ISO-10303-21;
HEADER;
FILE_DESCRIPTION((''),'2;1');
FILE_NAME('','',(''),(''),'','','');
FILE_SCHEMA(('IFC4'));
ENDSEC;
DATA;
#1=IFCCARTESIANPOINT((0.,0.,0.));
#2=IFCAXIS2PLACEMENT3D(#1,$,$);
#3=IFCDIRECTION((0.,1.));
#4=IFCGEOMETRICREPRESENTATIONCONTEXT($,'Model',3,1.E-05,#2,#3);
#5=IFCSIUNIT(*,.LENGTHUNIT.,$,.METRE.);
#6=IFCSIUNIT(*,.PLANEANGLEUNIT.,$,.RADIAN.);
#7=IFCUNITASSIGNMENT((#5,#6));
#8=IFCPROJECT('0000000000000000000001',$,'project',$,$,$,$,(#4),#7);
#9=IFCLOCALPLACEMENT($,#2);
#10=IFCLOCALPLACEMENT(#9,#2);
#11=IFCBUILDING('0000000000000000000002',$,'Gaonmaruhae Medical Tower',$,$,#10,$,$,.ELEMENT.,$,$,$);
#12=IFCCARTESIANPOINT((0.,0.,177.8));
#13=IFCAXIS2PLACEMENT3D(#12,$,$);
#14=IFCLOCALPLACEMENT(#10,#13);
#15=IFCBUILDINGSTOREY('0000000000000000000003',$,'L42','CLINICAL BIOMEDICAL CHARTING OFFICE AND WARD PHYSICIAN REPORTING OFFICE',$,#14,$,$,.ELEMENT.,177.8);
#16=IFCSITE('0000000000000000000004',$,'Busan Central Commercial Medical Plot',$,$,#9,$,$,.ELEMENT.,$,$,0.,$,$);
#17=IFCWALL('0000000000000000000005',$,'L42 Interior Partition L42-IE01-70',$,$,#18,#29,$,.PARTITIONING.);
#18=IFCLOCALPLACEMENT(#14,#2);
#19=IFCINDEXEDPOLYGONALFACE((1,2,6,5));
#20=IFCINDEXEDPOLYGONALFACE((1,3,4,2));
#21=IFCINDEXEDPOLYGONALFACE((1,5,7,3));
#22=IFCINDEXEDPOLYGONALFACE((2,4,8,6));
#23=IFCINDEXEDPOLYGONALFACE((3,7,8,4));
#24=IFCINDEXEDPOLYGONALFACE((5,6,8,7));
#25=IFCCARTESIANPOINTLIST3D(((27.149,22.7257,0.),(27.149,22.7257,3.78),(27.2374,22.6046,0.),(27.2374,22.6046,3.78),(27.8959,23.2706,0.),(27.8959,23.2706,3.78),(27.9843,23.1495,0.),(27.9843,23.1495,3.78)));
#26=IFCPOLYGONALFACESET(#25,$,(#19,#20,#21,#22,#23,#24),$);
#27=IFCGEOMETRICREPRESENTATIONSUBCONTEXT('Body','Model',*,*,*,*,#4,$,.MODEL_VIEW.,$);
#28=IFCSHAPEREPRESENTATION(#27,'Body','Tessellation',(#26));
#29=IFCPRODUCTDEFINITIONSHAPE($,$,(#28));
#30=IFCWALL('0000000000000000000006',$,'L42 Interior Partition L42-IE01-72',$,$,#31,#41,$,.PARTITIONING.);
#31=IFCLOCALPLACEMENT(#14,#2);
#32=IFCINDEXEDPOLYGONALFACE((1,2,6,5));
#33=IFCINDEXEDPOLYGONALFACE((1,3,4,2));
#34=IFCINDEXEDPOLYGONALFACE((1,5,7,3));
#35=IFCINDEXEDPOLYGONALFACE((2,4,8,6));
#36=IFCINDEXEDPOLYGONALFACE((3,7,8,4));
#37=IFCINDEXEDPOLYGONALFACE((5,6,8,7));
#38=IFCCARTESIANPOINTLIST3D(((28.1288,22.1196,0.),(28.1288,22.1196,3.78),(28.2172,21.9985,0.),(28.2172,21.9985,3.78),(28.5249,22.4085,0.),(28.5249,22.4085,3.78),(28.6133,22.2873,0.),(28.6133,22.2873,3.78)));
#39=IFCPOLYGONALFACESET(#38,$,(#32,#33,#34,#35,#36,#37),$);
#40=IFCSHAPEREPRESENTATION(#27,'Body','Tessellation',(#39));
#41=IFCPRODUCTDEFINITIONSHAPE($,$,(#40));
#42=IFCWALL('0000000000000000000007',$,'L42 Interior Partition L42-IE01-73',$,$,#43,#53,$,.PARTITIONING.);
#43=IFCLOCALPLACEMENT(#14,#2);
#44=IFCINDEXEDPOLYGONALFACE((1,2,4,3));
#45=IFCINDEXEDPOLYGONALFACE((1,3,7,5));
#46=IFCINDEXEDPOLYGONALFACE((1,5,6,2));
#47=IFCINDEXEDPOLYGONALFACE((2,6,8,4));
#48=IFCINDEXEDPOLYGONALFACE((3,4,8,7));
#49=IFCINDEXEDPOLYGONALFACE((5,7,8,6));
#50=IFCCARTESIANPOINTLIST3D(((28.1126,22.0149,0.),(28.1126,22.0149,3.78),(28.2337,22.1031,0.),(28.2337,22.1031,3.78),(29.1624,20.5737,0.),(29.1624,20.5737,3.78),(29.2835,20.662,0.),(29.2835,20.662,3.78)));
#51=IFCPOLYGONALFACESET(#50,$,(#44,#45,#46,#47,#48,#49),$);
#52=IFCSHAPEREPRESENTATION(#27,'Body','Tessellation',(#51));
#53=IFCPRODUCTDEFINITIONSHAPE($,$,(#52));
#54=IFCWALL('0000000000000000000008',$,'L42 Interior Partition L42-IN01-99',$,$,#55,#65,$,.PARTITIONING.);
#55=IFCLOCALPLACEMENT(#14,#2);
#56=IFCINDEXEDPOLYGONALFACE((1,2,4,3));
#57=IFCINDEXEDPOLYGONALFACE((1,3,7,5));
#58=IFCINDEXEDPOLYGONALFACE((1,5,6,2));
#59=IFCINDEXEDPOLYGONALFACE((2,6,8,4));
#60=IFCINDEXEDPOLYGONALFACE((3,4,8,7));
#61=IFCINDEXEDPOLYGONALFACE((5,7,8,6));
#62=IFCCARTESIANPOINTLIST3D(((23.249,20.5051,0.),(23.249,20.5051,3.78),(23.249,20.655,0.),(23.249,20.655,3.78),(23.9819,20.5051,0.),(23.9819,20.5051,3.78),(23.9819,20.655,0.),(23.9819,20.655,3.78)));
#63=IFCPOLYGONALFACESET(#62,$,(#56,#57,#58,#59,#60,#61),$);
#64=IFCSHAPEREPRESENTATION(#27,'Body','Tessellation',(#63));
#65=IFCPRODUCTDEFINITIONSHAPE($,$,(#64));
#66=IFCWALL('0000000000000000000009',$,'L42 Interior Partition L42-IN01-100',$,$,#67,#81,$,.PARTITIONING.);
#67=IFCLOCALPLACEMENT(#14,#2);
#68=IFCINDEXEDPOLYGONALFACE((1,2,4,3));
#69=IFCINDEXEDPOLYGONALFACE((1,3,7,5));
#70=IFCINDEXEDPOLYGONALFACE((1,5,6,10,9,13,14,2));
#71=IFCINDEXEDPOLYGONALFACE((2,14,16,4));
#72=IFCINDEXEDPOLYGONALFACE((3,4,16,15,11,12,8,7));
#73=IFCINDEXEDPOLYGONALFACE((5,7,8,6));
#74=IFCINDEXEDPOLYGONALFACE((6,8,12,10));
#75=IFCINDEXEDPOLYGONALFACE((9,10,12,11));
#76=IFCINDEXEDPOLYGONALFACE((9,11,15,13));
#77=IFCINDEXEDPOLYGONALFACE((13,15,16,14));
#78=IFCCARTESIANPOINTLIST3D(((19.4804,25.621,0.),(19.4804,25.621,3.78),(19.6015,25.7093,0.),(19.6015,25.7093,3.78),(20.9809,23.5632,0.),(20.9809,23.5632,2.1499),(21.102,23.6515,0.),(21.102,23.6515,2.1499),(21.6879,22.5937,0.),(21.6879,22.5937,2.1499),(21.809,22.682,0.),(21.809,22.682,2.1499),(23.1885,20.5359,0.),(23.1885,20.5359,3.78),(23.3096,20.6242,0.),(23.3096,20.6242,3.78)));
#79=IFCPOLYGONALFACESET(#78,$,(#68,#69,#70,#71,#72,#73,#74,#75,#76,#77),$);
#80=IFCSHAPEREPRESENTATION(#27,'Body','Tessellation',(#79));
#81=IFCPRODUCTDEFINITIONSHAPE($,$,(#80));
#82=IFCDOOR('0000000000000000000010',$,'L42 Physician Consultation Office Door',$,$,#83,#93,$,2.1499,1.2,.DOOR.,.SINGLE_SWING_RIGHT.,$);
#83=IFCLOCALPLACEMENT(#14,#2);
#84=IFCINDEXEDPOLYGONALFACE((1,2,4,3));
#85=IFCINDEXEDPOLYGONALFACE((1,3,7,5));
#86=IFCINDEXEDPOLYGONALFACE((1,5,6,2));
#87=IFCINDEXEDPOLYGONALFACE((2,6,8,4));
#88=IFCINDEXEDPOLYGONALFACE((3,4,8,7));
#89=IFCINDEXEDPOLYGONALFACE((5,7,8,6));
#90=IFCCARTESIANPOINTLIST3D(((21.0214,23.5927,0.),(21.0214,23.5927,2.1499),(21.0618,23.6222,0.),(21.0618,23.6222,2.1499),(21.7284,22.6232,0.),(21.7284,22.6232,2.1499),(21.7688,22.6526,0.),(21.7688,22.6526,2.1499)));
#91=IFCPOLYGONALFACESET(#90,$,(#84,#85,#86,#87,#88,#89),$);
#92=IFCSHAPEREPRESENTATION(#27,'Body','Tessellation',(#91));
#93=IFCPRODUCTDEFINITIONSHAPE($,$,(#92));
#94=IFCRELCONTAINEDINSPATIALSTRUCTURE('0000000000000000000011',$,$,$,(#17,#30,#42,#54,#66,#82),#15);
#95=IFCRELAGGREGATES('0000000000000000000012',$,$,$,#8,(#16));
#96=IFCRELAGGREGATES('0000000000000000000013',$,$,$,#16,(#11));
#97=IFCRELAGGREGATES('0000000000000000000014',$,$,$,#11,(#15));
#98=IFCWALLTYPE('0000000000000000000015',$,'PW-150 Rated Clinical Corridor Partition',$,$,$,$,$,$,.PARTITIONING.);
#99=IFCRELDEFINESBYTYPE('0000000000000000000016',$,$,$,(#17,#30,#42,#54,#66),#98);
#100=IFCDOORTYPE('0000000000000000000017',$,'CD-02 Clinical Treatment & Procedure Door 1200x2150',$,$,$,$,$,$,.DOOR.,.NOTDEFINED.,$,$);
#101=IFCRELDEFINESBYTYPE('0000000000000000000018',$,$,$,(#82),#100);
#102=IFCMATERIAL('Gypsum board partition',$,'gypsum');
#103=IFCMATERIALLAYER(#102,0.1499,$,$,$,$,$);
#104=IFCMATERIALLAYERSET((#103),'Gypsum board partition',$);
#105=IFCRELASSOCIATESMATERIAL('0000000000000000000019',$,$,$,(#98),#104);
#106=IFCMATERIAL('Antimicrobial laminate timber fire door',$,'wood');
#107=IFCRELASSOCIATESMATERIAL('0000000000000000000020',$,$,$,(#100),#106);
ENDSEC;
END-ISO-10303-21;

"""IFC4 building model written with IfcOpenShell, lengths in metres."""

from ifc_helpers import new_model, si_unit, direction, frame, frame_2d, origin, place, context, subcontext, project, spatial, rectangle, extrude, material, layer, layer_set, type_object, element, fill, save


model = new_model("IFC4")

# Units and contexts
model_context = context("Model", 3, precision=1e-05, world=origin(), true_north=direction((0.0, 1.0)))
body_context = subcontext(model_context, "Body", "Model", "MODEL_VIEW")
ifc_project = project(units=[si_unit("LENGTHUNIT", "METRE"), si_unit("PLANEANGLEUNIT", "RADIAN")], contexts=[model_context])

# Site, building, storey
site_placement = place(None, origin())
site = spatial("IfcSite", under=ifc_project, at=site_placement, Name="Busan Central Commercial Medical Plot", CompositionType="ELEMENT", RefElevation=0.0)
building_placement = place(site_placement, origin())
building = spatial("IfcBuilding", under=site, at=building_placement, Name="Gaonmaruhae Medical Tower", CompositionType="ELEMENT")
storey_placement = place(building_placement, frame((0.0, 0.0, 177.8)))
storey = spatial("IfcBuildingStorey", under=building, at=storey_placement, Name="L42", Description="CLINICAL BIOMEDICAL CHARTING OFFICE AND WARD PHYSICIAN REPORTING OFFICE", CompositionType="ELEMENT", Elevation=177.8)

# Shared definitions
ifc_material_1 = material(Name="Gypsum board partition", Category="gypsum")
ifc_layer_1 = layer(ifc_material_1, 0.1499)
ifc_layer_set_1 = layer_set([ifc_layer_1], Name="Gypsum board partition")
wall_type_1 = type_object("IfcWallType", Name="PW-150 Rated Clinical Corridor Partition", PredefinedType="PARTITIONING", material=ifc_layer_set_1)
ifc_material_2 = material(Name="Antimicrobial laminate timber fire door", Category="wood")
door_type_1 = type_object("IfcDoorType", Name="CD-02 Clinical Treatment & Procedure Door 1200x2150", OperationType="NOTDEFINED", PredefinedType="DOOR", material=ifc_material_2)

# Walls
wall_1_placement = place(storey_placement, frame((27.1931, 22.665, 0.0), z_axis=(0.0, 0.0, 1.0), x_axis=(0.807822, 0.589427, 0.0)))
element("IfcWall", 1, at=wall_1_placement, inside=storey, type_object=wall_type_1, Name="L42 Interior Partition L42-IE01-70", PredefinedType="PARTITIONING", context=body_context, shape_type="SweptSolid", body=[
    extrude(rectangle(XDim=0.9246, YDim=0.1499, at=frame_2d((0.4624, 0.0))), origin(), (0.0, 0.0, 1.0), 3.78),
])
wall_2_placement = place(storey_placement, frame((28.5691, 22.3479, 0.0), z_axis=(0.0, 0.0, 1.0), x_axis=(-0.807938, -0.589267, 0.0)))
element("IfcWall", 2, at=wall_2_placement, inside=storey, type_object=wall_type_1, Name="L42 Interior Partition L42-IE01-72", PredefinedType="PARTITIONING", context=body_context, shape_type="SweptSolid", body=[
    extrude(rectangle(XDim=0.4902, YDim=0.1499, at=frame_2d((0.2451, 0.0))), origin(), (0.0, 0.0, 1.0), 3.78),
])
wall_3_placement = place(storey_placement, frame((28.1731, 22.0591, 0.0), z_axis=(0.0, 0.0, 1.0), x_axis=(0.58879, -0.808286, 0.0)))
element("IfcWall", 3, at=wall_3_placement, inside=storey, type_object=wall_type_1, Name="L42 Interior Partition L42-IE01-73", PredefinedType="PARTITIONING", context=body_context, shape_type="SweptSolid", body=[
    extrude(rectangle(XDim=1.783, YDim=0.1499, at=frame_2d((0.8916, 0.0))), origin(), (0.0, 0.0, 1.0), 3.78),
])
wall_4_placement = place(storey_placement, frame((23.9819, 20.5801, 0.0), z_axis=(0.0, 0.0, 1.0), x_axis=(-1.0, 0.0, 0.0)))
element("IfcWall", 4, at=wall_4_placement, inside=storey, type_object=wall_type_1, Name="L42 Interior Partition L42-IN01-99", PredefinedType="PARTITIONING", context=body_context, shape_type="SweptSolid", body=[
    extrude(rectangle(XDim=0.7329, YDim=0.1499, at=frame_2d((0.3665, 0.0))), origin(), (0.0, 0.0, 1.0), 3.78),
])

# Wall, opening, door
wall_5_placement = place(storey_placement, frame((23.249, 20.5801, 0.0), z_axis=(0.0, 0.0, 1.0), x_axis=(-0.589195, 0.807991, 0.0)))
wall_5 = element("IfcWall", 5, at=wall_5_placement, inside=storey, type_object=wall_type_1, Name="L42 Interior Partition L42-IN01-100", PredefinedType="PARTITIONING", context=body_context, shape_type="SweptSolid", body=[
    extrude(rectangle(XDim=6.2935, YDim=0.1499, at=frame_2d((3.1467, 0.0))), origin(), (0.0, 0.0, 1.0), 3.78),
])
opening_1_placement = place(wall_5_placement, frame((2.5466, 0.0, 0.0)))
opening_1 = element("IfcOpeningElement", 6, at=opening_1_placement, cuts=wall_5, PredefinedType="OPENING", context=body_context, shape_type="SweptSolid", body=[
    extrude(rectangle(XDim=1.2, YDim=2.1499, at=frame_2d((0.6001, 1.075))), frame((0.0, 0.085, 0.0), z_axis=(0.0, -1.0, 0.0), x_axis=(1.0, 0.0, 0.0)), (0.0, 0.0, 1.0), 0.1699),
])
door_1_placement = place(opening_1_placement, origin())
door_1 = element("IfcDoor", 7, at=door_1_placement, inside=storey, type_object=door_type_1, Name="L42 Physician Consultation Office Door", OperationType="SINGLE_SWING_RIGHT", OverallHeight=2.1499, OverallWidth=1.2, PredefinedType="DOOR", context=body_context, shape_type="SweptSolid", body=[
    extrude(rectangle(XDim=1.2, YDim=2.1499, at=frame_2d((0.6001, 1.075))), frame((0.0, 0.0249, 0.0), z_axis=(0.0, -1.0, 0.0), x_axis=(1.0, 0.0, 0.0)), (0.0, 0.0, 1.0), 0.05),
])
fill(opening_1, door_1)

save(model, "model.ifc")
